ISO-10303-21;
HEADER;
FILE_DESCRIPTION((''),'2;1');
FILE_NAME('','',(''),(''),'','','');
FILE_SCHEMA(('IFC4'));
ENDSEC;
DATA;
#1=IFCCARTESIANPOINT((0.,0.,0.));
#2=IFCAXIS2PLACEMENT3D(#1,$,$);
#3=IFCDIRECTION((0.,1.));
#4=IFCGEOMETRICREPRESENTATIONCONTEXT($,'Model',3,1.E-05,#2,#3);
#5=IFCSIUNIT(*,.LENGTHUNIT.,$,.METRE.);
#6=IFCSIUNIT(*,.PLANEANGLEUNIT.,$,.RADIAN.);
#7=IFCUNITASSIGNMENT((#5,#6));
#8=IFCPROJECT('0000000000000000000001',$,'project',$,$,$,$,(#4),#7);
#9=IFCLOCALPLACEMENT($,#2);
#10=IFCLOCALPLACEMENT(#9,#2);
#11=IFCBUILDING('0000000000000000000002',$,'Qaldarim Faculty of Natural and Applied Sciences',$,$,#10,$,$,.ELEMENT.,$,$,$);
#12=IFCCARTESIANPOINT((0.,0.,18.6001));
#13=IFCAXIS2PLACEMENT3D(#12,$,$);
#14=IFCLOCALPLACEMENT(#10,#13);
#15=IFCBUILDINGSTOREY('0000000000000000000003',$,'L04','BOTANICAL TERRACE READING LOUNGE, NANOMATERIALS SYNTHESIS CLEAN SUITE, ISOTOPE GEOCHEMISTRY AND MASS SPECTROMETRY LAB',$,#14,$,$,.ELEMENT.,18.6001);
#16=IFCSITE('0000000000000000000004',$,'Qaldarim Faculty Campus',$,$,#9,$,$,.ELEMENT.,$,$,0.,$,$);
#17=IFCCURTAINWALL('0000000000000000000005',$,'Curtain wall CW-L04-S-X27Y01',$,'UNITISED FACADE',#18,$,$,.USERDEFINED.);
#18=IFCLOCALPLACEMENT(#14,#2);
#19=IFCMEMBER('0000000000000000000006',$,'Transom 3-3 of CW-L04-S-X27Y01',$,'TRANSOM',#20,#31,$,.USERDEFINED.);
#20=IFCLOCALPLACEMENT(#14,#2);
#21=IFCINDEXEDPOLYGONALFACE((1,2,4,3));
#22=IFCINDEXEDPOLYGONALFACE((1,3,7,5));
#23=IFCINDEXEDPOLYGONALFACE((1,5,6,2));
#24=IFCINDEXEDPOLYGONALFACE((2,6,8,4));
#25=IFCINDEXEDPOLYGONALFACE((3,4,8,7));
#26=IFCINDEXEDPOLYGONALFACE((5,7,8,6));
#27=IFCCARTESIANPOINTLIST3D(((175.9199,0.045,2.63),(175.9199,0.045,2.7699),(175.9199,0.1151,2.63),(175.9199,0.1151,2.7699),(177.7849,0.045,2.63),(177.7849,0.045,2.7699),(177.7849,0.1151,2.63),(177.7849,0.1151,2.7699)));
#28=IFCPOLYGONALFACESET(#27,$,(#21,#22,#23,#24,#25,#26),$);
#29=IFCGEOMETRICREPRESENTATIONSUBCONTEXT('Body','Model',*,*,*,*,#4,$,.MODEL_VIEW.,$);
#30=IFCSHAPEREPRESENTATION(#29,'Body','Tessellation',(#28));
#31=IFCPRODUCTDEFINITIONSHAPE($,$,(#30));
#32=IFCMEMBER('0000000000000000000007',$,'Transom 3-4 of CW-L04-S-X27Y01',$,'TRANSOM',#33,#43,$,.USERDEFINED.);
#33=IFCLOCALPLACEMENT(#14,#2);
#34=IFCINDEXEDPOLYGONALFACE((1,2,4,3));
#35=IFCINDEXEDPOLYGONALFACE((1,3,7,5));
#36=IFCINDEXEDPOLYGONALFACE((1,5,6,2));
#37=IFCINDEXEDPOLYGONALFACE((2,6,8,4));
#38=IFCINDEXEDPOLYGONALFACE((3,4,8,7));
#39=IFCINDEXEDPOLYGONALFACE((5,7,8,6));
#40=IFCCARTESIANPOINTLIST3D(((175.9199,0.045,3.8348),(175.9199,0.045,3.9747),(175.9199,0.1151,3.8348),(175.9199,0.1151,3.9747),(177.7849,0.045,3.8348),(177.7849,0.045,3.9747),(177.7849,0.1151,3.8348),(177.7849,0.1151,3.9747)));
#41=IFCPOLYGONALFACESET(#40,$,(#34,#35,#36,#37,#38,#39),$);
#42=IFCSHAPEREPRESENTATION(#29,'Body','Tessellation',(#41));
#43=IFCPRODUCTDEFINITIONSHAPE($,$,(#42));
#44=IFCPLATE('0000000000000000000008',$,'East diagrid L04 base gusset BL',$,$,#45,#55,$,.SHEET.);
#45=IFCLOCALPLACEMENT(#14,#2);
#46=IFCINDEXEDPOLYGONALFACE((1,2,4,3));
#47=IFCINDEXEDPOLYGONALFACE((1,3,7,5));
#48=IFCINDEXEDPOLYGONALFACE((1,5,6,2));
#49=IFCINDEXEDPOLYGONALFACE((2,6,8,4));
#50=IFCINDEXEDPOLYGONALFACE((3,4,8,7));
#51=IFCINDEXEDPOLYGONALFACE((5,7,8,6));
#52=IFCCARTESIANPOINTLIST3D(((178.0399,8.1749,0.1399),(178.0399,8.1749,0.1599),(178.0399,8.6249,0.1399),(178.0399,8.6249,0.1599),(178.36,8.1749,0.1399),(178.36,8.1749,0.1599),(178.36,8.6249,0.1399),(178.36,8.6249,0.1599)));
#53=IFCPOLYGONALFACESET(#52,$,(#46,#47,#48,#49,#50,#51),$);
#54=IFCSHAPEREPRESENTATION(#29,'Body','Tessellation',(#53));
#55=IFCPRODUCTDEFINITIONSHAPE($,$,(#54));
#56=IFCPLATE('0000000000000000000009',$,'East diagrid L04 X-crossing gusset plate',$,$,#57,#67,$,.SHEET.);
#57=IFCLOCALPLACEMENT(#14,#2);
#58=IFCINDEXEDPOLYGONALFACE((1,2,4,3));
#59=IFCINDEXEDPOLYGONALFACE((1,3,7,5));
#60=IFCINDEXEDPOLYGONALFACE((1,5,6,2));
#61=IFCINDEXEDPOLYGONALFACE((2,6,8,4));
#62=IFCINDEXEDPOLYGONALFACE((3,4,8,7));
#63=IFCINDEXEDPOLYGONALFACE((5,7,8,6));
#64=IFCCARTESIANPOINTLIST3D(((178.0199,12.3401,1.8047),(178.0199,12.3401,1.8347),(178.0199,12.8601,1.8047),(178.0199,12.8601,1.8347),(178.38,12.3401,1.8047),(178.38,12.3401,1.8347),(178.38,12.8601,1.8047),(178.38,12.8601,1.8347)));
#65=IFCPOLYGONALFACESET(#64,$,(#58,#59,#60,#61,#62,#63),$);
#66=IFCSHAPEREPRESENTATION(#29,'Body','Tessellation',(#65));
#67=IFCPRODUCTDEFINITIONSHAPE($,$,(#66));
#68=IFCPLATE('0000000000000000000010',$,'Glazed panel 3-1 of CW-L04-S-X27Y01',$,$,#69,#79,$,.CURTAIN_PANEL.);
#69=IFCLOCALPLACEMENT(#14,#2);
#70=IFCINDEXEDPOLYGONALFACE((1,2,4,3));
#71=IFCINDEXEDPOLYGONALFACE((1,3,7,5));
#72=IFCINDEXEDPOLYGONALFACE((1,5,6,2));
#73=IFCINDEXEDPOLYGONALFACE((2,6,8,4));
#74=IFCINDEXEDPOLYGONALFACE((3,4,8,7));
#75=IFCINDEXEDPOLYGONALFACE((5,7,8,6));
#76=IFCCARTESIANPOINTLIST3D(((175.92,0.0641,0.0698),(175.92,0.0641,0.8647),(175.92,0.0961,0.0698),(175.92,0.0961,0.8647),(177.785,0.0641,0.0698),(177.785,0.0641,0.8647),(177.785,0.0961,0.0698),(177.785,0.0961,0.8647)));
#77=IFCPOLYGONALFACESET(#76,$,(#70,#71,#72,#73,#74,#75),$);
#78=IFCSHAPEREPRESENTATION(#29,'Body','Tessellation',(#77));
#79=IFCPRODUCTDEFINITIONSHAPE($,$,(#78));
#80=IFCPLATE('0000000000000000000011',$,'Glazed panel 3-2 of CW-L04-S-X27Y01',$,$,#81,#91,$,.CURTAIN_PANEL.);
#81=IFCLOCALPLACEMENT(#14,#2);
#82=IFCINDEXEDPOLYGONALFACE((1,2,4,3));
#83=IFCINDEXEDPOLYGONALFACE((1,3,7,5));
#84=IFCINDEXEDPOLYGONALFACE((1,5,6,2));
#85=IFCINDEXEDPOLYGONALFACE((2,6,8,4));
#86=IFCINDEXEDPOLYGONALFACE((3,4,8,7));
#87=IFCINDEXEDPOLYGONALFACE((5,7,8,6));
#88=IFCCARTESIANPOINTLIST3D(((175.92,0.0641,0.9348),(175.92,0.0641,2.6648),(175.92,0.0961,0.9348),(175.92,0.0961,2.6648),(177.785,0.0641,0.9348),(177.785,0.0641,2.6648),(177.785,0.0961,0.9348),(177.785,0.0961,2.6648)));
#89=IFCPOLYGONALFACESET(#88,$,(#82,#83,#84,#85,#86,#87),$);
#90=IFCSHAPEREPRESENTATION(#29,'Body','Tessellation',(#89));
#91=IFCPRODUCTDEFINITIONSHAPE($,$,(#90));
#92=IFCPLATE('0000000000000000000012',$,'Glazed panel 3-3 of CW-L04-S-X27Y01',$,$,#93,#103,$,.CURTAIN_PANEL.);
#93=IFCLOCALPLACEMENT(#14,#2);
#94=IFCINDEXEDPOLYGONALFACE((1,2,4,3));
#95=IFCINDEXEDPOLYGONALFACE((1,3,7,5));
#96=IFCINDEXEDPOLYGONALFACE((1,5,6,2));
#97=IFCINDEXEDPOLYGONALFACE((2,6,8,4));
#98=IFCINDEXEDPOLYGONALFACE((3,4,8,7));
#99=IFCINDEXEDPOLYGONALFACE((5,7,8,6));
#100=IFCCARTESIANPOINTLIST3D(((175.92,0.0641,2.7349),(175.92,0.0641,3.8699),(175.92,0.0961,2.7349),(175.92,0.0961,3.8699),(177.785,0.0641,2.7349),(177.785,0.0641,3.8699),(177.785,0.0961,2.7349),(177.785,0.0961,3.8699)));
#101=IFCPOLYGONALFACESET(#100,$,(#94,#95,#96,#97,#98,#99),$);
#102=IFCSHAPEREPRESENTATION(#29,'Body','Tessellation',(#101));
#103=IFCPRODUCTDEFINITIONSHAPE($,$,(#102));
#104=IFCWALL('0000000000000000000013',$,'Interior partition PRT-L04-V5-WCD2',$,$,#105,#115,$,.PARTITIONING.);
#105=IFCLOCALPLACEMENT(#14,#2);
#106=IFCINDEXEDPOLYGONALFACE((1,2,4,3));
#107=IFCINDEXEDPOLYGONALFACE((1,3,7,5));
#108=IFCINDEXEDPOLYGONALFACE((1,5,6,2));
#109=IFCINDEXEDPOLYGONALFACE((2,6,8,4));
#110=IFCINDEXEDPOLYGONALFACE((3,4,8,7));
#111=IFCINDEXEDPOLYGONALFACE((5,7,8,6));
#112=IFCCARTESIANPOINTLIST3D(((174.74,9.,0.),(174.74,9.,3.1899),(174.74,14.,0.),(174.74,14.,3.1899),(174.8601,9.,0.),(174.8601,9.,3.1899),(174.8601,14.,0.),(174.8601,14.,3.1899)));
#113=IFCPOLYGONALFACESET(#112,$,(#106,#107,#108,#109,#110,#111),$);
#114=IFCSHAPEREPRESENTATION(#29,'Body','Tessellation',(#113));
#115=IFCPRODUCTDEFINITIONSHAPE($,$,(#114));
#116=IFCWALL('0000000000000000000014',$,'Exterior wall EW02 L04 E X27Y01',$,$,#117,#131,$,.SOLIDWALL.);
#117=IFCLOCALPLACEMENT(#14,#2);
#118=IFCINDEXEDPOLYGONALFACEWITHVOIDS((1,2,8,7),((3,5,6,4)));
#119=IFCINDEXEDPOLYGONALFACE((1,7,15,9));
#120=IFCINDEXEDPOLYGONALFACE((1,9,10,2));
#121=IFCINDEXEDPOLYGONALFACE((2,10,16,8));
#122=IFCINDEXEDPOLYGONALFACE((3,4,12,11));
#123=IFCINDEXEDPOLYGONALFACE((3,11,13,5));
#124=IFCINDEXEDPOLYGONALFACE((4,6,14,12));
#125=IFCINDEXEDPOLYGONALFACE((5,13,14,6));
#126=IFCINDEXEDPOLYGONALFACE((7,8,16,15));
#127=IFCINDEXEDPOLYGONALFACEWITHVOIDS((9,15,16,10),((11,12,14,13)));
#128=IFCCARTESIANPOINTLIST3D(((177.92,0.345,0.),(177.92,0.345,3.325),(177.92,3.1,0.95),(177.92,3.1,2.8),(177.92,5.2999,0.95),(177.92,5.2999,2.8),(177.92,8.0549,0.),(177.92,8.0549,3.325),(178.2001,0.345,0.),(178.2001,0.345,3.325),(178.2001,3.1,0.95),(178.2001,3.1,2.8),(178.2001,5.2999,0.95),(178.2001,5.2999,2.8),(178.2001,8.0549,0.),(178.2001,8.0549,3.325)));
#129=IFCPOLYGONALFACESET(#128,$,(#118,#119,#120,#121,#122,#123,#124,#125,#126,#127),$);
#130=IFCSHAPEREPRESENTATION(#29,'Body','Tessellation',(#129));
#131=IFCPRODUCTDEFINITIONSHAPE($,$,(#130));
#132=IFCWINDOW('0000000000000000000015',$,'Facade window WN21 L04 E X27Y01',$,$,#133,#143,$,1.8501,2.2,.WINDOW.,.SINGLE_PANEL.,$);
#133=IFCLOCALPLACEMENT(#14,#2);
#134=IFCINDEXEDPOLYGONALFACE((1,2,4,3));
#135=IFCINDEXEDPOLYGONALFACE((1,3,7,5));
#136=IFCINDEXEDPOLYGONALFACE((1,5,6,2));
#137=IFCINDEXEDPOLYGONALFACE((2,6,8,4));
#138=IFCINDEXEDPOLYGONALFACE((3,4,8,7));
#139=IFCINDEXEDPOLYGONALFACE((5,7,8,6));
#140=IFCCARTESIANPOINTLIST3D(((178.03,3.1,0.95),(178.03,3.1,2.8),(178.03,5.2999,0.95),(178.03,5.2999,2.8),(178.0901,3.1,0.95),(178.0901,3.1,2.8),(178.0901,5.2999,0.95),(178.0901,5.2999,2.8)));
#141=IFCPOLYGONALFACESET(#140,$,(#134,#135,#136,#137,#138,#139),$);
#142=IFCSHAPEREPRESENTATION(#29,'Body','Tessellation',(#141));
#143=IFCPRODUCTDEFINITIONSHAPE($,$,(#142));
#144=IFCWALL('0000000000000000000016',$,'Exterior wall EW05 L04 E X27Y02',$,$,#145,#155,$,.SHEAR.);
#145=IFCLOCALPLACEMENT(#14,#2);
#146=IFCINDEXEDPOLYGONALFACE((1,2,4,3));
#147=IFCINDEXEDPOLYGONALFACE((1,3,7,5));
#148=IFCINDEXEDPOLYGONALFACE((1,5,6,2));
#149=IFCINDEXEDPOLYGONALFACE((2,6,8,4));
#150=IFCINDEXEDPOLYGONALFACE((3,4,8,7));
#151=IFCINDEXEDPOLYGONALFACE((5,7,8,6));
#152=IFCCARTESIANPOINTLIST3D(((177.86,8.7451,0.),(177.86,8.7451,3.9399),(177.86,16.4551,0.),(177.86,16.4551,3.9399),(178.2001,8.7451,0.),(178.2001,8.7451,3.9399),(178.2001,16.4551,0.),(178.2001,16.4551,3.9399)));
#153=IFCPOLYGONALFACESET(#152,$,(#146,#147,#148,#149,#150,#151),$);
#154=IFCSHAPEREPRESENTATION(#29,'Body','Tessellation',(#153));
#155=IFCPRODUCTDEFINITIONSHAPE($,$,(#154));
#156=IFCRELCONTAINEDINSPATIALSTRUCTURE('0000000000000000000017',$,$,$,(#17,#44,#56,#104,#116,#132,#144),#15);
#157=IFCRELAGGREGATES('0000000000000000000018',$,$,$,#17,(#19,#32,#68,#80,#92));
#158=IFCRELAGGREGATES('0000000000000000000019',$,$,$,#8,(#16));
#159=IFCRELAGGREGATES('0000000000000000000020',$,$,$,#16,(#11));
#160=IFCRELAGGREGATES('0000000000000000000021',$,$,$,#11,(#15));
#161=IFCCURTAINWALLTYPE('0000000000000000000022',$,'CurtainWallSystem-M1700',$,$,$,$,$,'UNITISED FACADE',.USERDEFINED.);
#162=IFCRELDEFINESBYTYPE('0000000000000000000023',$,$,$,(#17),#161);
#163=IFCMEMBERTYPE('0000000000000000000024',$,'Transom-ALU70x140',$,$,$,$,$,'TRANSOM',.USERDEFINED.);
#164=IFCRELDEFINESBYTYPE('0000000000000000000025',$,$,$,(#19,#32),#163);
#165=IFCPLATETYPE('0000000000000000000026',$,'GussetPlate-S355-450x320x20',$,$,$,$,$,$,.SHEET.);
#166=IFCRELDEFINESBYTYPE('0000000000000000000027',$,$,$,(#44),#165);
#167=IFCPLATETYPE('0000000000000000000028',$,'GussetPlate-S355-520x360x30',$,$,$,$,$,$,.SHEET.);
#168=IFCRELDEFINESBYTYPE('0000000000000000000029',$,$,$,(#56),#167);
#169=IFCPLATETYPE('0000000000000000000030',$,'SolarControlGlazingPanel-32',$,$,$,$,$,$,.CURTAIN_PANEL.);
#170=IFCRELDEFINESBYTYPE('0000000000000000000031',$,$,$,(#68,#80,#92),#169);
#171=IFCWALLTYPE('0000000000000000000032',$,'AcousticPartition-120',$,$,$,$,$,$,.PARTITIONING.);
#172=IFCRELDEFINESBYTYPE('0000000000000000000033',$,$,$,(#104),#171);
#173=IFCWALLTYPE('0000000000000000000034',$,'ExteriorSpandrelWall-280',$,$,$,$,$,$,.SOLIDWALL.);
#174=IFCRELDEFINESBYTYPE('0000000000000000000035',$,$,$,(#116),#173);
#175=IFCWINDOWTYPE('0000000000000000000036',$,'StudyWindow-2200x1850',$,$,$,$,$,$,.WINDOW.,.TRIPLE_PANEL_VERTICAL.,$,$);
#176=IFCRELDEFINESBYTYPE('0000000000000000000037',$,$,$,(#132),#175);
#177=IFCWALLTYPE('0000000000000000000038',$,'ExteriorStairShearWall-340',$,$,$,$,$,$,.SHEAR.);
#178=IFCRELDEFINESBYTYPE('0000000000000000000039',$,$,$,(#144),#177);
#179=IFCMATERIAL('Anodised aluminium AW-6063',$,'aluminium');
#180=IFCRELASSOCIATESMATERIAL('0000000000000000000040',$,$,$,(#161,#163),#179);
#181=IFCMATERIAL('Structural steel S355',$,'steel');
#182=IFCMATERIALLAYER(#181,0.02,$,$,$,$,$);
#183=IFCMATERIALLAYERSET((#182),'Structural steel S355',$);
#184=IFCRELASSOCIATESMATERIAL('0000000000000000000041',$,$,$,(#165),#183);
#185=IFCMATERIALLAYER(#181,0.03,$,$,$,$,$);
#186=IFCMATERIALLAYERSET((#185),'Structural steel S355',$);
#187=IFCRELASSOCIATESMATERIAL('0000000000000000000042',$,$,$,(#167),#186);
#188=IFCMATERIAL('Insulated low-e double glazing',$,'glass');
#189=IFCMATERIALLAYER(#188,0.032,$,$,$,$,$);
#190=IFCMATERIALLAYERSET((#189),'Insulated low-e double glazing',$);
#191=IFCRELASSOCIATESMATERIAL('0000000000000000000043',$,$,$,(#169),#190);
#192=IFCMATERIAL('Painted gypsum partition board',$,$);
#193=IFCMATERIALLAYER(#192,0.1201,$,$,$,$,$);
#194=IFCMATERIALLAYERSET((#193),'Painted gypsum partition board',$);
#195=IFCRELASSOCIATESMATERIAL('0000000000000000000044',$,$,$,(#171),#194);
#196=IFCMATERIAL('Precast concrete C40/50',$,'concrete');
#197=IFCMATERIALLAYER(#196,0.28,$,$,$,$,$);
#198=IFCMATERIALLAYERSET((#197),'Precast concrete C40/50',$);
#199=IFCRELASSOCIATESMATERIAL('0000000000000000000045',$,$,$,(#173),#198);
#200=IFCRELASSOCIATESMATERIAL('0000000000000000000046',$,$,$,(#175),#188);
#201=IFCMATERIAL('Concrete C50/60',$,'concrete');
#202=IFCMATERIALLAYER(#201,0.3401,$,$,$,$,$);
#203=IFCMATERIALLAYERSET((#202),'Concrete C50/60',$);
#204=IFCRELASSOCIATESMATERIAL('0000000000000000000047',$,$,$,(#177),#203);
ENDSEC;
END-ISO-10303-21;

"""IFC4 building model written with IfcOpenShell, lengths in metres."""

from ifc_helpers import new_model, si_unit, direction, frame, frame_2d, origin, origin_2d, place, context, subcontext, project, spatial, rectangle, extrude, material, layer, layer_set, material_profile, profile_set, type_object, element, fill, aggregate, save


model = new_model("IFC4")

# Units and contexts
model_context = context("Model", 3, precision=1e-05, world=origin(), true_north=direction((0.0, 1.0)))
body_context = subcontext(model_context, "Body", "Model", "MODEL_VIEW")
ifc_project = project(units=[si_unit("LENGTHUNIT", "METRE"), si_unit("PLANEANGLEUNIT", "RADIAN")], contexts=[model_context])

# Site, building, storey
site_placement = place(None, origin())
site = spatial("IfcSite", under=ifc_project, at=site_placement, Name="Qaldarim Faculty Campus", CompositionType="ELEMENT", RefElevation=0.0)
building_placement = place(site_placement, origin())
building = spatial("IfcBuilding", under=site, at=building_placement, Name="Qaldarim Faculty of Natural and Applied Sciences", CompositionType="ELEMENT")
storey_placement = place(building_placement, frame((0.0, 0.0, 18.6001)))
storey = spatial("IfcBuildingStorey", under=building, at=storey_placement, Name="L04", Description="BOTANICAL TERRACE READING LOUNGE, NANOMATERIALS SYNTHESIS CLEAN SUITE, ISOTOPE GEOCHEMISTRY AND MASS SPECTROMETRY LAB", CompositionType="ELEMENT", Elevation=18.6001)

# Shared definitions
ifc_material_1 = material(Name="Concrete C50/60", Category="concrete")

# Shared definitions
ifc_material_2 = material(Name="Structural steel S355", Category="steel")

# Curtain wall
ifc_material_3 = material(Name="Anodised aluminium AW-6063", Category="aluminium")
curtain_wall_type = type_object("IfcCurtainWallType", Name="CurtainWallSystem-M1700", ElementType="UNITISED FACADE", PredefinedType="USERDEFINED", material=ifc_material_3)
curtain_wall_placement = place(storey_placement, origin())
curtain_wall = element("IfcCurtainWall", 1, at=curtain_wall_placement, inside=storey, type_object=curtain_wall_type, Name="Curtain wall CW-L04-S-X27Y01", ObjectType="UNITISED FACADE", PredefinedType="USERDEFINED")

# Members
ifc_material_profile_1 = material_profile(ifc_material_3, rectangle(XDim=0.0701, YDim=0.1399, at=origin_2d()), Name="ALU-T70x140")
ifc_profile_set_1 = profile_set([ifc_material_profile_1], Name="Anodised aluminium AW-6063")
member_type_1 = type_object("IfcMemberType", Name="Transom-ALU70x140", ElementType="TRANSOM", PredefinedType="USERDEFINED", material=ifc_profile_set_1)
member_1_placement = place(storey_placement, frame((175.9199, 0.0801, 2.7), z_axis=(1.0, 0.0, 0.0), x_axis=(0.0, 1.0, 0.0)))
member_1 = element("IfcMember", 2, at=member_1_placement, type_object=member_type_1, Name="Transom 3-3 of CW-L04-S-X27Y01", ObjectType="TRANSOM", PredefinedType="USERDEFINED", context=body_context, shape_type="SweptSolid", body=[
    extrude(rectangle(XDim=0.0701, YDim=0.1399, at=origin_2d()), origin(), (0.0, 0.0, 1.0), 1.865),
])
member_2_placement = place(storey_placement, frame((175.9199, 0.0801, 3.9048), z_axis=(1.0, 0.0, 0.0), x_axis=(0.0, 1.0, 0.0)))
member_2 = element("IfcMember", 3, at=member_2_placement, type_object=member_type_1, Name="Transom 3-4 of CW-L04-S-X27Y01", ObjectType="TRANSOM", PredefinedType="USERDEFINED", context=body_context, shape_type="SweptSolid", body=[
    extrude(rectangle(XDim=0.0701, YDim=0.1399, at=origin_2d()), origin(), (0.0, 0.0, 1.0), 1.865),
])

# Plates
ifc_layer_1 = layer(ifc_material_2, 0.02)
ifc_layer_set_1 = layer_set([ifc_layer_1], Name="Structural steel S355")
plate_type_1 = type_object("IfcPlateType", Name="GussetPlate-S355-450x320x20", PredefinedType="SHEET", material=ifc_layer_set_1)
plate_1_placement = place(storey_placement, frame((178.2, 8.3999, 0.1399), z_axis=(0.0, 0.0, 1.0), x_axis=(0.0, 1.0, 0.0)))
element("IfcPlate", 4, at=plate_1_placement, inside=storey, type_object=plate_type_1, Name="East diagrid L04 base gusset BL", PredefinedType="SHEET", context=body_context, shape_type="SweptSolid", body=[
    extrude(rectangle(XDim=0.45, YDim=0.3201, at=origin_2d()), origin(), (0.0, 0.0, 1.0), 0.02),
])
ifc_layer_2 = layer(ifc_material_2, 0.03)
ifc_layer_set_2 = layer_set([ifc_layer_2], Name="Structural steel S355")
plate_type_2 = type_object("IfcPlateType", Name="GussetPlate-S355-520x360x30", PredefinedType="SHEET", material=ifc_layer_set_2)
plate_2_placement = place(storey_placement, frame((178.2, 12.6001, 1.8047), z_axis=(0.0, 0.0, 1.0), x_axis=(0.0, 1.0, 0.0)))
element("IfcPlate", 5, at=plate_2_placement, inside=storey, type_object=plate_type_2, Name="East diagrid L04 X-crossing gusset plate", PredefinedType="SHEET", context=body_context, shape_type="SweptSolid", body=[
    extrude(rectangle(XDim=0.52, YDim=0.3601, at=origin_2d()), origin(), (0.0, 0.0, 1.0), 0.03),
])

# Plates
ifc_material_4 = material(Name="Insulated low-e double glazing", Category="glass")
ifc_layer_3 = layer(ifc_material_4, 0.032)
ifc_layer_set_3 = layer_set([ifc_layer_3], Name="Insulated low-e double glazing")
plate_type_3 = type_object("IfcPlateType", Name="SolarControlGlazingPanel-32", PredefinedType="CURTAIN_PANEL", material=ifc_layer_set_3)
plate_3_placement = place(storey_placement, frame((176.8525, 0.0801, 0.0698), z_axis=(0.0, 0.0, 1.0), x_axis=(1.0, 0.0, 0.0)))
plate_3 = element("IfcPlate", 6, at=plate_3_placement, type_object=plate_type_3, Name="Glazed panel 3-1 of CW-L04-S-X27Y01", PredefinedType="CURTAIN_PANEL", context=body_context, shape_type="SweptSolid", body=[
    extrude(rectangle(XDim=1.865, YDim=0.032, at=origin_2d()), origin(), (0.0, 0.0, 1.0), 0.7949),
])
plate_4_placement = place(storey_placement, frame((176.8525, 0.0801, 0.9348), z_axis=(0.0, 0.0, 1.0), x_axis=(1.0, 0.0, 0.0)))
plate_4 = element("IfcPlate", 7, at=plate_4_placement, type_object=plate_type_3, Name="Glazed panel 3-2 of CW-L04-S-X27Y01", PredefinedType="CURTAIN_PANEL", context=body_context, shape_type="SweptSolid", body=[
    extrude(rectangle(XDim=1.865, YDim=0.032, at=origin_2d()), origin(), (0.0, 0.0, 1.0), 1.73),
])
plate_5_placement = place(storey_placement, frame((176.8525, 0.0801, 2.7349), z_axis=(0.0, 0.0, 1.0), x_axis=(1.0, 0.0, 0.0)))
plate_5 = element("IfcPlate", 8, at=plate_5_placement, type_object=plate_type_3, Name="Glazed panel 3-3 of CW-L04-S-X27Y01", PredefinedType="CURTAIN_PANEL", context=body_context, shape_type="SweptSolid", body=[
    extrude(rectangle(XDim=1.865, YDim=0.032, at=origin_2d()), origin(), (0.0, 0.0, 1.0), 1.135),
])
aggregate(curtain_wall, [member_1, member_2, plate_3, plate_4, plate_5])

# Wall
ifc_material_5 = material(Name="Painted gypsum partition board")
ifc_layer_4 = layer(ifc_material_5, 0.1201)
ifc_layer_set_4 = layer_set([ifc_layer_4], Name="Painted gypsum partition board")
wall_type_1 = type_object("IfcWallType", Name="AcousticPartition-120", PredefinedType="PARTITIONING", material=ifc_layer_set_4)
wall_1_placement = place(storey_placement, frame((174.8, 9.0, 0.0), z_axis=(0.0, 0.0, 1.0), x_axis=(0.0, 1.0, 0.0)))
element("IfcWall", 9, at=wall_1_placement, inside=storey, type_object=wall_type_1, Name="Interior partition PRT-L04-V5-WCD2", PredefinedType="PARTITIONING", context=body_context, shape_type="SweptSolid", body=[
    extrude(rectangle(XDim=5.0, YDim=0.1201, at=frame_2d((2.5, 0.0))), origin(), (0.0, 0.0, 1.0), 3.1899),
])

# Wall, opening, window
ifc_material_6 = material(Name="Precast concrete C40/50", Category="concrete")
ifc_layer_5 = layer(ifc_material_6, 0.28)
ifc_layer_set_5 = layer_set([ifc_layer_5], Name="Precast concrete C40/50")
wall_type_2 = type_object("IfcWallType", Name="ExteriorSpandrelWall-280", PredefinedType="SOLIDWALL", material=ifc_layer_set_5)
wall_2_placement = place(storey_placement, frame((178.0601, 0.345, 0.0), z_axis=(0.0, 0.0, 1.0), x_axis=(0.0, 1.0, 0.0)))
wall_2 = element("IfcWall", 10, at=wall_2_placement, inside=storey, type_object=wall_type_2, Name="Exterior wall EW02 L04 E X27Y01", PredefinedType="SOLIDWALL", context=body_context, shape_type="SweptSolid", body=[
    extrude(rectangle(XDim=7.71, YDim=0.28, at=frame_2d((3.855, 0.0))), origin(), (0.0, 0.0, 1.0), 3.325),
])
opening_placement = place(wall_2_placement, frame((2.7549, 0.0, 0.95)))
opening = element("IfcOpeningElement", 11, at=opening_placement, cuts=wall_2, PredefinedType="OPENING", context=body_context, shape_type="SweptSolid", body=[
    extrude(rectangle(XDim=2.2, YDim=1.8501, at=frame_2d((1.1001, 0.925))), frame((0.0, 0.1499, 0.0), z_axis=(0.0, -1.0, 0.0), x_axis=(1.0, 0.0, 0.0)), (0.0, 0.0, 1.0), 0.3),
])
window_type = type_object("IfcWindowType", Name="StudyWindow-2200x1850", PartitioningType="TRIPLE_PANEL_VERTICAL", PredefinedType="WINDOW", material=ifc_material_4)
window_placement = place(opening_placement, origin())
window = element("IfcWindow", 12, at=window_placement, inside=storey, type_object=window_type, Name="Facade window WN21 L04 E X27Y01", OverallHeight=1.8501, OverallWidth=2.2, PartitioningType="SINGLE_PANEL", PredefinedType="WINDOW", context=body_context, shape_type="SweptSolid", body=[
    extrude(rectangle(XDim=2.2, YDim=1.8501, at=frame_2d((1.1001, 0.925))), frame((0.0, 0.03, 0.0), z_axis=(0.0, -1.0, 0.0), x_axis=(1.0, 0.0, 0.0)), (0.0, 0.0, 1.0), 0.0601),
])
fill(opening, window)

# Wall
ifc_layer_6 = layer(ifc_material_1, 0.3401)
ifc_layer_set_6 = layer_set([ifc_layer_6], Name="Concrete C50/60")
wall_type_3 = type_object("IfcWallType", Name="ExteriorStairShearWall-340", PredefinedType="SHEAR", material=ifc_layer_set_6)
wall_3_placement = place(storey_placement, frame((178.03, 8.7451, 0.0), z_axis=(0.0, 0.0, 1.0), x_axis=(0.0, 1.0, 0.0)))
element("IfcWall", 13, at=wall_3_placement, inside=storey, type_object=wall_type_3, Name="Exterior wall EW05 L04 E X27Y02", PredefinedType="SHEAR", context=body_context, shape_type="SweptSolid", body=[
    extrude(rectangle(XDim=7.71, YDim=0.3401, at=frame_2d((3.855, 0.0))), origin(), (0.0, 0.0, 1.0), 3.9399),
])

save(model, "model.ifc")
